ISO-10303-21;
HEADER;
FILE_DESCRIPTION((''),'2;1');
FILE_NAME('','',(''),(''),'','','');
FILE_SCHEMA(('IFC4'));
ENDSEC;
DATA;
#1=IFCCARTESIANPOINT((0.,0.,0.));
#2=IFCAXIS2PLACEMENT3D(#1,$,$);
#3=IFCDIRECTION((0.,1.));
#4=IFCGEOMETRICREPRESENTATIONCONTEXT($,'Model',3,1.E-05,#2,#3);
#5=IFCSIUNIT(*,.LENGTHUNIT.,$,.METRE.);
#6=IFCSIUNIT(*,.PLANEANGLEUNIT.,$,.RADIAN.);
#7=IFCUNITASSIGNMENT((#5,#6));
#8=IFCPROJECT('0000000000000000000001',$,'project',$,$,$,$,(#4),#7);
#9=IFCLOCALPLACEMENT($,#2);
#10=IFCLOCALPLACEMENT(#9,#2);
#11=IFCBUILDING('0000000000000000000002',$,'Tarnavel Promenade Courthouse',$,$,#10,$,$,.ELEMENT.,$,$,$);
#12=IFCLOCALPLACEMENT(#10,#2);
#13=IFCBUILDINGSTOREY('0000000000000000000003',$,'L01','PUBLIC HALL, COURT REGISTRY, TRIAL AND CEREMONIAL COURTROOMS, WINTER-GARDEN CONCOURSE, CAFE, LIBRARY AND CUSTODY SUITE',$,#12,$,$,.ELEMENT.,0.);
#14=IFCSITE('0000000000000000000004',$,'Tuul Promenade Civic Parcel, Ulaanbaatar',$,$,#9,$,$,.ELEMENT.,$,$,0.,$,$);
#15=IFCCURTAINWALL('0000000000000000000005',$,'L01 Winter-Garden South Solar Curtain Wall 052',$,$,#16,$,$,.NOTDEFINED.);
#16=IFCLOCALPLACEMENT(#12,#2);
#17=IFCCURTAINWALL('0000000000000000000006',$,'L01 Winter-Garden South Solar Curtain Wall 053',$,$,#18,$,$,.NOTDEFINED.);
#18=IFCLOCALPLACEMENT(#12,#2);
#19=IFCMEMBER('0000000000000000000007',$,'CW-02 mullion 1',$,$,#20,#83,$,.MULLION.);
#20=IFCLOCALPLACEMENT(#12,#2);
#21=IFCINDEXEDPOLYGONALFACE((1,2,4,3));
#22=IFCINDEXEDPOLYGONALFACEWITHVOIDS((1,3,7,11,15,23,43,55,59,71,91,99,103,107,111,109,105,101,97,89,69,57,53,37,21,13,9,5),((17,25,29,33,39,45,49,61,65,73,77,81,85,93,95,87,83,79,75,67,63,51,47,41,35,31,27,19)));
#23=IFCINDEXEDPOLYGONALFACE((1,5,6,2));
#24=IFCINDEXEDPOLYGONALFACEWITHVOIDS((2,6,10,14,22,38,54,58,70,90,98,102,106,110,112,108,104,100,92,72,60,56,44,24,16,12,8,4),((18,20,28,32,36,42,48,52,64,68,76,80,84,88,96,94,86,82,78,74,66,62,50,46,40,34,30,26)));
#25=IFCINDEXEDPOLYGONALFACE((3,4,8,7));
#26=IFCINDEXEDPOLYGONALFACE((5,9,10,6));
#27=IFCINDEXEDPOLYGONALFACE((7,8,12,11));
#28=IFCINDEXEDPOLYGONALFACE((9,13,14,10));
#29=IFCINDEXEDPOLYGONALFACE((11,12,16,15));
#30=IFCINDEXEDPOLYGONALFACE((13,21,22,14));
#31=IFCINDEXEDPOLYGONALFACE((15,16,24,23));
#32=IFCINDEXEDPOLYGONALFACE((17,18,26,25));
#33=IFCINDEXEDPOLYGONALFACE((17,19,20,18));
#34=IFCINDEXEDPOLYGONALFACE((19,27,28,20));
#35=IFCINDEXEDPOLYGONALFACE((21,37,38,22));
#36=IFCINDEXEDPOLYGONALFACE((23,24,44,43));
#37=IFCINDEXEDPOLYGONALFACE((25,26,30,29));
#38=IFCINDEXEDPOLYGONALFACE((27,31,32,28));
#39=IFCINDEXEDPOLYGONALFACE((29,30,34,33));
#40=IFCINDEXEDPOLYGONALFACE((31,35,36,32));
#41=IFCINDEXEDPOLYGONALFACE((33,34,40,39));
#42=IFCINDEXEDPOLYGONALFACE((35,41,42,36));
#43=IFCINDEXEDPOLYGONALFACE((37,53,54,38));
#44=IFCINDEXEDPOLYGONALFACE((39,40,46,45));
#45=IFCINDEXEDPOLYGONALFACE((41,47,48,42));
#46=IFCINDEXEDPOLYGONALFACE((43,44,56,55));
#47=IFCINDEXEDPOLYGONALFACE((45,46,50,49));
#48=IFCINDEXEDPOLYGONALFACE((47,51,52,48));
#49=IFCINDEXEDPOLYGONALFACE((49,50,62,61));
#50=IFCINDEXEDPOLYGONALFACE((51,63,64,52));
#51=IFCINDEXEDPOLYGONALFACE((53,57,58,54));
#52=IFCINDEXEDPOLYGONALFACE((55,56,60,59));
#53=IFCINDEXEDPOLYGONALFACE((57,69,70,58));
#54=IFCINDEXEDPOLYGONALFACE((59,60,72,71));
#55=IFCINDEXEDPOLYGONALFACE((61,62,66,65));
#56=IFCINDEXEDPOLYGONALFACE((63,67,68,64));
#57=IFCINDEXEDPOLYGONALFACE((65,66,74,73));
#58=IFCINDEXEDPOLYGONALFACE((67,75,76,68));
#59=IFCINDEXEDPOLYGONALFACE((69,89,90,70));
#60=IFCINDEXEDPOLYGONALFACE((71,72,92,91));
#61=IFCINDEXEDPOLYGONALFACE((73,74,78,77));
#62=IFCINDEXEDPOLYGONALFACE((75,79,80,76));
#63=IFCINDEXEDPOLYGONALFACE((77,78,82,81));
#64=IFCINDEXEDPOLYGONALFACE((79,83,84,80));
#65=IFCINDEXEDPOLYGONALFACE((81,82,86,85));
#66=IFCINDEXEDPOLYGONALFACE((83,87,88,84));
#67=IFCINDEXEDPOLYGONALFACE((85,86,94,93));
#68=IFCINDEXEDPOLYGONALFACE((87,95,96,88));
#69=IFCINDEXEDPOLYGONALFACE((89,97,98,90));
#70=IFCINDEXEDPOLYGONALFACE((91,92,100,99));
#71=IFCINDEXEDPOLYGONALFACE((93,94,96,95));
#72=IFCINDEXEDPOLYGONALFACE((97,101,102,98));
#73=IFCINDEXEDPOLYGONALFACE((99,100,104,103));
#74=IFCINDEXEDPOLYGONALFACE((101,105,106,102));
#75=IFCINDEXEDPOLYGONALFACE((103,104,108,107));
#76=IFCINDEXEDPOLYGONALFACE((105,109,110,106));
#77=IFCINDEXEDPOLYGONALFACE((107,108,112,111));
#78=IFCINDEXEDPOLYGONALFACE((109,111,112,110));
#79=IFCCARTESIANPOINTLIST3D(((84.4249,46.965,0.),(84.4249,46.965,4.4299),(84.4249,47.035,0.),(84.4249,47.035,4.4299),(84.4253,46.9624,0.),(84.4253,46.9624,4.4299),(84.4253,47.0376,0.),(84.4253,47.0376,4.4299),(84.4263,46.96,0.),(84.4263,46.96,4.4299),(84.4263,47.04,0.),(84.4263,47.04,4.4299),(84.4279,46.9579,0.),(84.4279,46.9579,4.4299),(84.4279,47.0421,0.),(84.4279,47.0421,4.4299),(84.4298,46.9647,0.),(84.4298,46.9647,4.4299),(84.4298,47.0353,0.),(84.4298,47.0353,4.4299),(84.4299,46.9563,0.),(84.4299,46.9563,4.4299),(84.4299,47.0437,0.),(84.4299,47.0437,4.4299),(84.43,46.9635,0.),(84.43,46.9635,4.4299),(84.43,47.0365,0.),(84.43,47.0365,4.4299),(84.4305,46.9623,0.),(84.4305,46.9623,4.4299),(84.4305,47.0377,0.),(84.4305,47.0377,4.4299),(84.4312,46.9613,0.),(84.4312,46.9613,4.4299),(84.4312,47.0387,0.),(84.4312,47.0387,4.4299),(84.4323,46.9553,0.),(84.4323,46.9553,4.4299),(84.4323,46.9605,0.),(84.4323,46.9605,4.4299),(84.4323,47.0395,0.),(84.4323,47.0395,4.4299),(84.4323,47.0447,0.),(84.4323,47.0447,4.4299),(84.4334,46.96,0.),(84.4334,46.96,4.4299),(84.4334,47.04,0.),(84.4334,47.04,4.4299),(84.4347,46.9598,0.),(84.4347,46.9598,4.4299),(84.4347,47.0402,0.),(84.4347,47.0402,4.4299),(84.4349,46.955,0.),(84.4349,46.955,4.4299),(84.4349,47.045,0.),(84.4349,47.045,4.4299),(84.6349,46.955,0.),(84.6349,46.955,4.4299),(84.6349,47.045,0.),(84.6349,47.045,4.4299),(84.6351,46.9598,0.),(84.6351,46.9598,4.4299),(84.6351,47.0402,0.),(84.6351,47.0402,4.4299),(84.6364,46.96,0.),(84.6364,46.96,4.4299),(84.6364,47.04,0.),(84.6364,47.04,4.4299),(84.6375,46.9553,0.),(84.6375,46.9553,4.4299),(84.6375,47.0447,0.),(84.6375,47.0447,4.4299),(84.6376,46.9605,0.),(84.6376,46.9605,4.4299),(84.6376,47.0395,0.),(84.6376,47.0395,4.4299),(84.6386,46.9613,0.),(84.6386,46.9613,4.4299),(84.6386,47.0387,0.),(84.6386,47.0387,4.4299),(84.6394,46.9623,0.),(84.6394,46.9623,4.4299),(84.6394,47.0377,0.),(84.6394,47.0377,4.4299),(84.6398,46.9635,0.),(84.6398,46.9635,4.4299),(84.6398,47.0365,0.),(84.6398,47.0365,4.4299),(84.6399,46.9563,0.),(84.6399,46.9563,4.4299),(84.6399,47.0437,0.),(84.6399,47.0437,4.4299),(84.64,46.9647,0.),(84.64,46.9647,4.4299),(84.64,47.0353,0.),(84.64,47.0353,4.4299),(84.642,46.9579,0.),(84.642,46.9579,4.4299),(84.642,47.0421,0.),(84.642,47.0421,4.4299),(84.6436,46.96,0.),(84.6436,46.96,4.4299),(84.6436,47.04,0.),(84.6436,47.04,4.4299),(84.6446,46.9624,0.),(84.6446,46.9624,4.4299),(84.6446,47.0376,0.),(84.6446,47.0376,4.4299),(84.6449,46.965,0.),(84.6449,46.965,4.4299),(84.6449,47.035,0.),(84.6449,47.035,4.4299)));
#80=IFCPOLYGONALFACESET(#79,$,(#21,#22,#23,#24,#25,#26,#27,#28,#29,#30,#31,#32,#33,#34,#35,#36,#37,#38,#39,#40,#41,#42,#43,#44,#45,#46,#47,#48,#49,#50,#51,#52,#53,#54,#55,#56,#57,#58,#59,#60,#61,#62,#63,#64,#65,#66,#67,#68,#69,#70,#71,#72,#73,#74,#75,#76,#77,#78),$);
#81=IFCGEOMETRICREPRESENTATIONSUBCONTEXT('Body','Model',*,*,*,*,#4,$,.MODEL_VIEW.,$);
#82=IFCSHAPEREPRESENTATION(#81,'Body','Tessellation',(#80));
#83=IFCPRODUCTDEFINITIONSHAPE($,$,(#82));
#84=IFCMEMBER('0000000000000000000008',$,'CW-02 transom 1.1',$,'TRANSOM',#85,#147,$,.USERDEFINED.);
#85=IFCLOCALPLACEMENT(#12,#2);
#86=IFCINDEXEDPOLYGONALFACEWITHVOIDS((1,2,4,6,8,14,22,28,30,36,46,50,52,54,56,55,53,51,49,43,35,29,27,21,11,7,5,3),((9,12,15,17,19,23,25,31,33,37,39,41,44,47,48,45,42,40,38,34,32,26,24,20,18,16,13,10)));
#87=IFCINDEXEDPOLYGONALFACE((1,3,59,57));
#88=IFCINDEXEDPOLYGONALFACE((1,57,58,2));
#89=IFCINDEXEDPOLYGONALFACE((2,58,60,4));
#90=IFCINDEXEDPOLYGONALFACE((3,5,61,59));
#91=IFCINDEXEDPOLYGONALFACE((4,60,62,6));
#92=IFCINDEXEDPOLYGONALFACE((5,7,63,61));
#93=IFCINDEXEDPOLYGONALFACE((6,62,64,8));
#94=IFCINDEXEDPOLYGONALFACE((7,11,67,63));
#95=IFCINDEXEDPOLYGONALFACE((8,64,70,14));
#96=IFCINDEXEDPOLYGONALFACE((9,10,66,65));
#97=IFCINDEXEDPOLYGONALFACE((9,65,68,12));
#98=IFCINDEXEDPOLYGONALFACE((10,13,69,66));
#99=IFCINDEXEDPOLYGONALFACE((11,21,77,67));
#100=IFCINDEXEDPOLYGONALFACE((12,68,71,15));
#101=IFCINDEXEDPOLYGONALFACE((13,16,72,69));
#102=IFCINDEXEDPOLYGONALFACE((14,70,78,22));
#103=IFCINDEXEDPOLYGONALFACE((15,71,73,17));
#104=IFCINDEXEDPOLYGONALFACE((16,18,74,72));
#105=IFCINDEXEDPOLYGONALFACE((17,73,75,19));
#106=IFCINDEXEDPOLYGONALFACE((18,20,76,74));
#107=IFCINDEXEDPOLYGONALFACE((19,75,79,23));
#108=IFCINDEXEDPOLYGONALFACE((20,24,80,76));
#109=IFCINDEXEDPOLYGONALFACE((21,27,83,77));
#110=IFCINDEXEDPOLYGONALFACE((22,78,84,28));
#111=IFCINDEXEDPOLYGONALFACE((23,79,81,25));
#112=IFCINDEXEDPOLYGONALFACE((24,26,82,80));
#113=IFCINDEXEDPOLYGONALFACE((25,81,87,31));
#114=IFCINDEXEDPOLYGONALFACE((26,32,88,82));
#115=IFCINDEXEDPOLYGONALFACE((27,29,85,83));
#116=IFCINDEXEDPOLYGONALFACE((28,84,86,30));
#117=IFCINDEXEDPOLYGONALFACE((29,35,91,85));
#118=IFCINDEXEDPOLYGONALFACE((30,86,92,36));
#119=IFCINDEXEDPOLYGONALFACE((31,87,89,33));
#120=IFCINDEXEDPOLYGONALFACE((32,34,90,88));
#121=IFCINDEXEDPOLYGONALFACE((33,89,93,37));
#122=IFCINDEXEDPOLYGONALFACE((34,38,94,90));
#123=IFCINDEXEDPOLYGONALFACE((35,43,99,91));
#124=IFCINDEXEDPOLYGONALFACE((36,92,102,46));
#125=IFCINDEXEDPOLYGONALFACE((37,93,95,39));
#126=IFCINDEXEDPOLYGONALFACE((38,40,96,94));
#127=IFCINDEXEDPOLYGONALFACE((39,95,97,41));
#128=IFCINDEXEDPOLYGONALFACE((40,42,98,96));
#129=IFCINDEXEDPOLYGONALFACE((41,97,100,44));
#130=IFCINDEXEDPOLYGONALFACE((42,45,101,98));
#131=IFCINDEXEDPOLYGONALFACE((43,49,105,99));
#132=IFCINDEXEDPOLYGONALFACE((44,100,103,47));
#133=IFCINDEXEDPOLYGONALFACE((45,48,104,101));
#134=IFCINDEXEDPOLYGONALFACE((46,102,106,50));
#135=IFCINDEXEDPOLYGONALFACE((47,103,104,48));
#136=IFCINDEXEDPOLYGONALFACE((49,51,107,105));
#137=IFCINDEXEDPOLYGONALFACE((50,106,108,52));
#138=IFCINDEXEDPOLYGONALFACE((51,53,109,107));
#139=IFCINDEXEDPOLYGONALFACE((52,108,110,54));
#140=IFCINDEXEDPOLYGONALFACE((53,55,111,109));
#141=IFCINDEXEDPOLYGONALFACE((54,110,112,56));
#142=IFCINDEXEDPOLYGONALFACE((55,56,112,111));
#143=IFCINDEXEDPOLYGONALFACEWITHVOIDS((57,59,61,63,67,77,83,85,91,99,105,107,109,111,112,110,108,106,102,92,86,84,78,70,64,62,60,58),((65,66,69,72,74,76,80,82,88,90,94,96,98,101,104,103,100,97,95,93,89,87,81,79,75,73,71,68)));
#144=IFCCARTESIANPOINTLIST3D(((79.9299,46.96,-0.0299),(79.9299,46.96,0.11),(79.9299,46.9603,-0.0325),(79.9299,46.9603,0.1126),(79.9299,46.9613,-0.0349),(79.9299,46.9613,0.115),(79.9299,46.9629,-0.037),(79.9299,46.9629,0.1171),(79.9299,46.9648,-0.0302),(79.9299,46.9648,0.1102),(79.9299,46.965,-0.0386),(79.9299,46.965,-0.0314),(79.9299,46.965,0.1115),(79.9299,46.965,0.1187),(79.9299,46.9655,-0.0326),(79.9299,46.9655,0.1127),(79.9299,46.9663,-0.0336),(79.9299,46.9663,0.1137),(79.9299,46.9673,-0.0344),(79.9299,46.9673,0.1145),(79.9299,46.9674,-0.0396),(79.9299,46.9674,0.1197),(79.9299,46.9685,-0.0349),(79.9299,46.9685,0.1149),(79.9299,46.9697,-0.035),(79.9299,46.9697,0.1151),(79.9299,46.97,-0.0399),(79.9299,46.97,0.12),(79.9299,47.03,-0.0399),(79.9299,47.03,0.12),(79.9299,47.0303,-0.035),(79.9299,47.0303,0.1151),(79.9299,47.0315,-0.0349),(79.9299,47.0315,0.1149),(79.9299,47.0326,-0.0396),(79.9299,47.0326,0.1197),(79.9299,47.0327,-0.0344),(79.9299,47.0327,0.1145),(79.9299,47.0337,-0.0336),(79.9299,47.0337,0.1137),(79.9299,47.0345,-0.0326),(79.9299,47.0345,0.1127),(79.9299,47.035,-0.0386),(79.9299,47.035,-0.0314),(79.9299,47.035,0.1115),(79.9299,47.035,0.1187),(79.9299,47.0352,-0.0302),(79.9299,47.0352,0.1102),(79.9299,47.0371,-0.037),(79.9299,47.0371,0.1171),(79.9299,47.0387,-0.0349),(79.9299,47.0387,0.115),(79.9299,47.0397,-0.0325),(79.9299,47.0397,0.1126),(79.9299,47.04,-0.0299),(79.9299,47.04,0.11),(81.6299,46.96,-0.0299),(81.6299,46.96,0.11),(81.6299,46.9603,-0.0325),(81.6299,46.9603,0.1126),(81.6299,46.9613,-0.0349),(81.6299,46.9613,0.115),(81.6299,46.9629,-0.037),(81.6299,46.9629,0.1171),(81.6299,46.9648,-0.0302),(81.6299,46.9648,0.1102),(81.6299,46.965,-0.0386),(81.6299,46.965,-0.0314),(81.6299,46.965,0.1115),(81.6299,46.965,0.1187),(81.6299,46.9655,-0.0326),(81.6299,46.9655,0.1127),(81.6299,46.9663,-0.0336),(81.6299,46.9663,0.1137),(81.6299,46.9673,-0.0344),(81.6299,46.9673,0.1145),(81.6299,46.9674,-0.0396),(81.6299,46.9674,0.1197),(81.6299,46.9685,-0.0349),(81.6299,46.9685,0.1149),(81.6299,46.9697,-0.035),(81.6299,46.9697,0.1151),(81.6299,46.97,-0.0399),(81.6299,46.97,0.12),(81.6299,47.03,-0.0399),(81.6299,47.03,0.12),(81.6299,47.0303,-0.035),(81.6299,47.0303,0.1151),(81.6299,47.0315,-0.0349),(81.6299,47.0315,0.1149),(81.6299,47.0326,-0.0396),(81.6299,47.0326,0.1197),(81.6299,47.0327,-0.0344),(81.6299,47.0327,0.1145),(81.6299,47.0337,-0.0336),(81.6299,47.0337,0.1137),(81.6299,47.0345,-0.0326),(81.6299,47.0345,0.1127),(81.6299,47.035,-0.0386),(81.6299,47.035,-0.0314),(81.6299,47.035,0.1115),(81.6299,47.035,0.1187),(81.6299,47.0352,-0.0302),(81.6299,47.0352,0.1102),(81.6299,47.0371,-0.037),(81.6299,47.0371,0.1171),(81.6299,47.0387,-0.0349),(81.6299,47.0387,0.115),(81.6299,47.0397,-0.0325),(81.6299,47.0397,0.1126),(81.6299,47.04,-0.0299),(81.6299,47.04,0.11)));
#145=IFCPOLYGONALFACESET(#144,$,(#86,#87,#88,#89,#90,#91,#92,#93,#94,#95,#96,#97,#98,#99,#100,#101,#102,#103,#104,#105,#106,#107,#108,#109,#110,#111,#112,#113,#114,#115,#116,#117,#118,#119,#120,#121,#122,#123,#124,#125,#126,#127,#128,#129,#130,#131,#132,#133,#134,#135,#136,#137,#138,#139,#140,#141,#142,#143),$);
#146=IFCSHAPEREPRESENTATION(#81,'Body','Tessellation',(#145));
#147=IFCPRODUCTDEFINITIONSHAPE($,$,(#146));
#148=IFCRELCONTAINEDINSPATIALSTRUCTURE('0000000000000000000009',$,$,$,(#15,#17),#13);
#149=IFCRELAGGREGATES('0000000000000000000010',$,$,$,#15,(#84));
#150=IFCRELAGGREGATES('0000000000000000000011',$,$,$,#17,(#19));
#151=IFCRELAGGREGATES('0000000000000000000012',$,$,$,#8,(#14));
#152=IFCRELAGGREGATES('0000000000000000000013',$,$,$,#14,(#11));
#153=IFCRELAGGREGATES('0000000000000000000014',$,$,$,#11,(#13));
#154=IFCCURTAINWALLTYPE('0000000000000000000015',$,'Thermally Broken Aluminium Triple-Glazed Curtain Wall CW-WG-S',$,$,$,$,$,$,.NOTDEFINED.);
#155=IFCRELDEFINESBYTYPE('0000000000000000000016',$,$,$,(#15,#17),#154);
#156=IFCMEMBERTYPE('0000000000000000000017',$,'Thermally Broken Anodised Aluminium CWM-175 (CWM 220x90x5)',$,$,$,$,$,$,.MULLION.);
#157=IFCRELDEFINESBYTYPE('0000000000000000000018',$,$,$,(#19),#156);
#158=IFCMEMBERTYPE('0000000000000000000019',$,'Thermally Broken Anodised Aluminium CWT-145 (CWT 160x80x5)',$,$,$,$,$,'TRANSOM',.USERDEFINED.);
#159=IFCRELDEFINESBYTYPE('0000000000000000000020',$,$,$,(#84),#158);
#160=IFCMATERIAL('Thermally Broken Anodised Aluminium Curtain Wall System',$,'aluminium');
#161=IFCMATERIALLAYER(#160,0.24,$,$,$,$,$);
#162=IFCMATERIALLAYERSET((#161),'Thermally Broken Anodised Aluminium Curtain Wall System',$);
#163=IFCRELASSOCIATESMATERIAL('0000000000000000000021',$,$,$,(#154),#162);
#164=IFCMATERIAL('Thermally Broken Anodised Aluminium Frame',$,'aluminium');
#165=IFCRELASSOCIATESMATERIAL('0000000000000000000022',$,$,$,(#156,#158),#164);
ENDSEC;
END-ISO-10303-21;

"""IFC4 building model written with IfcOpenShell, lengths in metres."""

from ifc_helpers import new_model, si_unit, direction, frame, origin, origin_2d, place, context, subcontext, project, spatial, hollow_rectangle, extrude, material, layer, layer_set, material_profile, profile_set, type_object, element, aggregate, save


model = new_model("IFC4")

# Units and contexts
model_context = context("Model", 3, precision=1e-05, world=origin(), true_north=direction((0.0, 1.0)))
body_context = subcontext(model_context, "Body", "Model", "MODEL_VIEW")
ifc_project = project(units=[si_unit("LENGTHUNIT", "METRE"), si_unit("PLANEANGLEUNIT", "RADIAN")], contexts=[model_context])

# Site, building, storey
site_placement = place(None, origin())
site = spatial("IfcSite", under=ifc_project, at=site_placement, Name="Tuul Promenade Civic Parcel, Ulaanbaatar", CompositionType="ELEMENT", RefElevation=0.0)
building_placement = place(site_placement, origin())
building = spatial("IfcBuilding", under=site, at=building_placement, Name="Tarnavel Promenade Courthouse", CompositionType="ELEMENT")
storey_placement = place(building_placement, origin())
storey = spatial("IfcBuildingStorey", under=building, at=storey_placement, Name="L01", Description="PUBLIC HALL, COURT REGISTRY, TRIAL AND CEREMONIAL COURTROOMS, WINTER-GARDEN CONCOURSE, CAFE, LIBRARY AND CUSTODY SUITE", CompositionType="ELEMENT", Elevation=0.0)

# Shared definitions
ifc_material_1 = material(Name="Thermally Broken Anodised Aluminium Curtain Wall System", Category="aluminium")
ifc_layer_1 = layer(ifc_material_1, 0.24)
ifc_layer_set_1 = layer_set([ifc_layer_1], Name="Thermally Broken Anodised Aluminium Curtain Wall System")
curtain_wall_type = type_object("IfcCurtainWallType", Name="Thermally Broken Aluminium Triple-Glazed Curtain Wall CW-WG-S", PredefinedType="NOTDEFINED", material=ifc_layer_set_1)
ifc_material_2 = material(Name="Thermally Broken Anodised Aluminium Frame", Category="aluminium")
ifc_material_profile_1 = material_profile(ifc_material_2, hollow_rectangle(XDim=0.0901, YDim=0.22, WallThickness=0.0049, InnerFilletRadius=0.0049, OuterFilletRadius=0.01, at=origin_2d()), Name="CWM 220x90x5")
ifc_profile_set_1 = profile_set([ifc_material_profile_1], Name="Thermally Broken Anodised Aluminium Frame")
member_type_1 = type_object("IfcMemberType", Name="Thermally Broken Anodised Aluminium CWM-175 (CWM 220x90x5)", PredefinedType="MULLION", material=ifc_profile_set_1)

# Curtain wall
curtain_wall_1_placement = place(storey_placement, origin())
curtain_wall_1 = element("IfcCurtainWall", 1, at=curtain_wall_1_placement, inside=storey, type_object=curtain_wall_type, Name="L01 Winter-Garden South Solar Curtain Wall 052", PredefinedType="NOTDEFINED")

# Curtain wall, member
curtain_wall_2_placement = place(storey_placement, origin())
curtain_wall_2 = element("IfcCurtainWall", 2, at=curtain_wall_2_placement, inside=storey, type_object=curtain_wall_type, Name="L01 Winter-Garden South Solar Curtain Wall 053", PredefinedType="NOTDEFINED")
member_1_placement = place(storey_placement, frame((84.5349, 47.0, 0.0), z_axis=(0.0, 0.0, 1.0), x_axis=(0.0, 1.0, 0.0)))
member_1 = element("IfcMember", 3, at=member_1_placement, type_object=member_type_1, Name="CW-02 mullion 1", PredefinedType="MULLION", context=body_context, shape_type="SweptSolid", body=[
    extrude(hollow_rectangle(XDim=0.0901, YDim=0.22, WallThickness=0.0049, InnerFilletRadius=0.0049, OuterFilletRadius=0.01, at=origin_2d()), origin(), (0.0, 0.0, 1.0), 4.4299),
])

# Member
ifc_material_profile_2 = material_profile(ifc_material_2, hollow_rectangle(XDim=0.0801, YDim=0.1599, WallThickness=0.0049, InnerFilletRadius=0.0049, OuterFilletRadius=0.01, at=origin_2d()), Name="CWT 160x80x5")
ifc_profile_set_2 = profile_set([ifc_material_profile_2], Name="Thermally Broken Anodised Aluminium Frame")
member_type_2 = type_object("IfcMemberType", Name="Thermally Broken Anodised Aluminium CWT-145 (CWT 160x80x5)", ElementType="TRANSOM", PredefinedType="USERDEFINED", material=ifc_profile_set_2)
member_2_placement = place(storey_placement, frame((79.9299, 47.0, 0.04), z_axis=(1.0, 0.0, 0.0), x_axis=(0.0, 1.0, 0.0)))
member_2 = element("IfcMember", 4, at=member_2_placement, type_object=member_type_2, Name="CW-02 transom 1.1", ObjectType="TRANSOM", PredefinedType="USERDEFINED", context=body_context, shape_type="SweptSolid", body=[
    extrude(hollow_rectangle(XDim=0.0801, YDim=0.1599, WallThickness=0.0049, InnerFilletRadius=0.0049, OuterFilletRadius=0.01, at=origin_2d()), origin(), (0.0, 0.0, 1.0), 1.7),
])

aggregate(curtain_wall_1, [member_2])
aggregate(curtain_wall_2, [member_1])

save(model, "model.ifc")
